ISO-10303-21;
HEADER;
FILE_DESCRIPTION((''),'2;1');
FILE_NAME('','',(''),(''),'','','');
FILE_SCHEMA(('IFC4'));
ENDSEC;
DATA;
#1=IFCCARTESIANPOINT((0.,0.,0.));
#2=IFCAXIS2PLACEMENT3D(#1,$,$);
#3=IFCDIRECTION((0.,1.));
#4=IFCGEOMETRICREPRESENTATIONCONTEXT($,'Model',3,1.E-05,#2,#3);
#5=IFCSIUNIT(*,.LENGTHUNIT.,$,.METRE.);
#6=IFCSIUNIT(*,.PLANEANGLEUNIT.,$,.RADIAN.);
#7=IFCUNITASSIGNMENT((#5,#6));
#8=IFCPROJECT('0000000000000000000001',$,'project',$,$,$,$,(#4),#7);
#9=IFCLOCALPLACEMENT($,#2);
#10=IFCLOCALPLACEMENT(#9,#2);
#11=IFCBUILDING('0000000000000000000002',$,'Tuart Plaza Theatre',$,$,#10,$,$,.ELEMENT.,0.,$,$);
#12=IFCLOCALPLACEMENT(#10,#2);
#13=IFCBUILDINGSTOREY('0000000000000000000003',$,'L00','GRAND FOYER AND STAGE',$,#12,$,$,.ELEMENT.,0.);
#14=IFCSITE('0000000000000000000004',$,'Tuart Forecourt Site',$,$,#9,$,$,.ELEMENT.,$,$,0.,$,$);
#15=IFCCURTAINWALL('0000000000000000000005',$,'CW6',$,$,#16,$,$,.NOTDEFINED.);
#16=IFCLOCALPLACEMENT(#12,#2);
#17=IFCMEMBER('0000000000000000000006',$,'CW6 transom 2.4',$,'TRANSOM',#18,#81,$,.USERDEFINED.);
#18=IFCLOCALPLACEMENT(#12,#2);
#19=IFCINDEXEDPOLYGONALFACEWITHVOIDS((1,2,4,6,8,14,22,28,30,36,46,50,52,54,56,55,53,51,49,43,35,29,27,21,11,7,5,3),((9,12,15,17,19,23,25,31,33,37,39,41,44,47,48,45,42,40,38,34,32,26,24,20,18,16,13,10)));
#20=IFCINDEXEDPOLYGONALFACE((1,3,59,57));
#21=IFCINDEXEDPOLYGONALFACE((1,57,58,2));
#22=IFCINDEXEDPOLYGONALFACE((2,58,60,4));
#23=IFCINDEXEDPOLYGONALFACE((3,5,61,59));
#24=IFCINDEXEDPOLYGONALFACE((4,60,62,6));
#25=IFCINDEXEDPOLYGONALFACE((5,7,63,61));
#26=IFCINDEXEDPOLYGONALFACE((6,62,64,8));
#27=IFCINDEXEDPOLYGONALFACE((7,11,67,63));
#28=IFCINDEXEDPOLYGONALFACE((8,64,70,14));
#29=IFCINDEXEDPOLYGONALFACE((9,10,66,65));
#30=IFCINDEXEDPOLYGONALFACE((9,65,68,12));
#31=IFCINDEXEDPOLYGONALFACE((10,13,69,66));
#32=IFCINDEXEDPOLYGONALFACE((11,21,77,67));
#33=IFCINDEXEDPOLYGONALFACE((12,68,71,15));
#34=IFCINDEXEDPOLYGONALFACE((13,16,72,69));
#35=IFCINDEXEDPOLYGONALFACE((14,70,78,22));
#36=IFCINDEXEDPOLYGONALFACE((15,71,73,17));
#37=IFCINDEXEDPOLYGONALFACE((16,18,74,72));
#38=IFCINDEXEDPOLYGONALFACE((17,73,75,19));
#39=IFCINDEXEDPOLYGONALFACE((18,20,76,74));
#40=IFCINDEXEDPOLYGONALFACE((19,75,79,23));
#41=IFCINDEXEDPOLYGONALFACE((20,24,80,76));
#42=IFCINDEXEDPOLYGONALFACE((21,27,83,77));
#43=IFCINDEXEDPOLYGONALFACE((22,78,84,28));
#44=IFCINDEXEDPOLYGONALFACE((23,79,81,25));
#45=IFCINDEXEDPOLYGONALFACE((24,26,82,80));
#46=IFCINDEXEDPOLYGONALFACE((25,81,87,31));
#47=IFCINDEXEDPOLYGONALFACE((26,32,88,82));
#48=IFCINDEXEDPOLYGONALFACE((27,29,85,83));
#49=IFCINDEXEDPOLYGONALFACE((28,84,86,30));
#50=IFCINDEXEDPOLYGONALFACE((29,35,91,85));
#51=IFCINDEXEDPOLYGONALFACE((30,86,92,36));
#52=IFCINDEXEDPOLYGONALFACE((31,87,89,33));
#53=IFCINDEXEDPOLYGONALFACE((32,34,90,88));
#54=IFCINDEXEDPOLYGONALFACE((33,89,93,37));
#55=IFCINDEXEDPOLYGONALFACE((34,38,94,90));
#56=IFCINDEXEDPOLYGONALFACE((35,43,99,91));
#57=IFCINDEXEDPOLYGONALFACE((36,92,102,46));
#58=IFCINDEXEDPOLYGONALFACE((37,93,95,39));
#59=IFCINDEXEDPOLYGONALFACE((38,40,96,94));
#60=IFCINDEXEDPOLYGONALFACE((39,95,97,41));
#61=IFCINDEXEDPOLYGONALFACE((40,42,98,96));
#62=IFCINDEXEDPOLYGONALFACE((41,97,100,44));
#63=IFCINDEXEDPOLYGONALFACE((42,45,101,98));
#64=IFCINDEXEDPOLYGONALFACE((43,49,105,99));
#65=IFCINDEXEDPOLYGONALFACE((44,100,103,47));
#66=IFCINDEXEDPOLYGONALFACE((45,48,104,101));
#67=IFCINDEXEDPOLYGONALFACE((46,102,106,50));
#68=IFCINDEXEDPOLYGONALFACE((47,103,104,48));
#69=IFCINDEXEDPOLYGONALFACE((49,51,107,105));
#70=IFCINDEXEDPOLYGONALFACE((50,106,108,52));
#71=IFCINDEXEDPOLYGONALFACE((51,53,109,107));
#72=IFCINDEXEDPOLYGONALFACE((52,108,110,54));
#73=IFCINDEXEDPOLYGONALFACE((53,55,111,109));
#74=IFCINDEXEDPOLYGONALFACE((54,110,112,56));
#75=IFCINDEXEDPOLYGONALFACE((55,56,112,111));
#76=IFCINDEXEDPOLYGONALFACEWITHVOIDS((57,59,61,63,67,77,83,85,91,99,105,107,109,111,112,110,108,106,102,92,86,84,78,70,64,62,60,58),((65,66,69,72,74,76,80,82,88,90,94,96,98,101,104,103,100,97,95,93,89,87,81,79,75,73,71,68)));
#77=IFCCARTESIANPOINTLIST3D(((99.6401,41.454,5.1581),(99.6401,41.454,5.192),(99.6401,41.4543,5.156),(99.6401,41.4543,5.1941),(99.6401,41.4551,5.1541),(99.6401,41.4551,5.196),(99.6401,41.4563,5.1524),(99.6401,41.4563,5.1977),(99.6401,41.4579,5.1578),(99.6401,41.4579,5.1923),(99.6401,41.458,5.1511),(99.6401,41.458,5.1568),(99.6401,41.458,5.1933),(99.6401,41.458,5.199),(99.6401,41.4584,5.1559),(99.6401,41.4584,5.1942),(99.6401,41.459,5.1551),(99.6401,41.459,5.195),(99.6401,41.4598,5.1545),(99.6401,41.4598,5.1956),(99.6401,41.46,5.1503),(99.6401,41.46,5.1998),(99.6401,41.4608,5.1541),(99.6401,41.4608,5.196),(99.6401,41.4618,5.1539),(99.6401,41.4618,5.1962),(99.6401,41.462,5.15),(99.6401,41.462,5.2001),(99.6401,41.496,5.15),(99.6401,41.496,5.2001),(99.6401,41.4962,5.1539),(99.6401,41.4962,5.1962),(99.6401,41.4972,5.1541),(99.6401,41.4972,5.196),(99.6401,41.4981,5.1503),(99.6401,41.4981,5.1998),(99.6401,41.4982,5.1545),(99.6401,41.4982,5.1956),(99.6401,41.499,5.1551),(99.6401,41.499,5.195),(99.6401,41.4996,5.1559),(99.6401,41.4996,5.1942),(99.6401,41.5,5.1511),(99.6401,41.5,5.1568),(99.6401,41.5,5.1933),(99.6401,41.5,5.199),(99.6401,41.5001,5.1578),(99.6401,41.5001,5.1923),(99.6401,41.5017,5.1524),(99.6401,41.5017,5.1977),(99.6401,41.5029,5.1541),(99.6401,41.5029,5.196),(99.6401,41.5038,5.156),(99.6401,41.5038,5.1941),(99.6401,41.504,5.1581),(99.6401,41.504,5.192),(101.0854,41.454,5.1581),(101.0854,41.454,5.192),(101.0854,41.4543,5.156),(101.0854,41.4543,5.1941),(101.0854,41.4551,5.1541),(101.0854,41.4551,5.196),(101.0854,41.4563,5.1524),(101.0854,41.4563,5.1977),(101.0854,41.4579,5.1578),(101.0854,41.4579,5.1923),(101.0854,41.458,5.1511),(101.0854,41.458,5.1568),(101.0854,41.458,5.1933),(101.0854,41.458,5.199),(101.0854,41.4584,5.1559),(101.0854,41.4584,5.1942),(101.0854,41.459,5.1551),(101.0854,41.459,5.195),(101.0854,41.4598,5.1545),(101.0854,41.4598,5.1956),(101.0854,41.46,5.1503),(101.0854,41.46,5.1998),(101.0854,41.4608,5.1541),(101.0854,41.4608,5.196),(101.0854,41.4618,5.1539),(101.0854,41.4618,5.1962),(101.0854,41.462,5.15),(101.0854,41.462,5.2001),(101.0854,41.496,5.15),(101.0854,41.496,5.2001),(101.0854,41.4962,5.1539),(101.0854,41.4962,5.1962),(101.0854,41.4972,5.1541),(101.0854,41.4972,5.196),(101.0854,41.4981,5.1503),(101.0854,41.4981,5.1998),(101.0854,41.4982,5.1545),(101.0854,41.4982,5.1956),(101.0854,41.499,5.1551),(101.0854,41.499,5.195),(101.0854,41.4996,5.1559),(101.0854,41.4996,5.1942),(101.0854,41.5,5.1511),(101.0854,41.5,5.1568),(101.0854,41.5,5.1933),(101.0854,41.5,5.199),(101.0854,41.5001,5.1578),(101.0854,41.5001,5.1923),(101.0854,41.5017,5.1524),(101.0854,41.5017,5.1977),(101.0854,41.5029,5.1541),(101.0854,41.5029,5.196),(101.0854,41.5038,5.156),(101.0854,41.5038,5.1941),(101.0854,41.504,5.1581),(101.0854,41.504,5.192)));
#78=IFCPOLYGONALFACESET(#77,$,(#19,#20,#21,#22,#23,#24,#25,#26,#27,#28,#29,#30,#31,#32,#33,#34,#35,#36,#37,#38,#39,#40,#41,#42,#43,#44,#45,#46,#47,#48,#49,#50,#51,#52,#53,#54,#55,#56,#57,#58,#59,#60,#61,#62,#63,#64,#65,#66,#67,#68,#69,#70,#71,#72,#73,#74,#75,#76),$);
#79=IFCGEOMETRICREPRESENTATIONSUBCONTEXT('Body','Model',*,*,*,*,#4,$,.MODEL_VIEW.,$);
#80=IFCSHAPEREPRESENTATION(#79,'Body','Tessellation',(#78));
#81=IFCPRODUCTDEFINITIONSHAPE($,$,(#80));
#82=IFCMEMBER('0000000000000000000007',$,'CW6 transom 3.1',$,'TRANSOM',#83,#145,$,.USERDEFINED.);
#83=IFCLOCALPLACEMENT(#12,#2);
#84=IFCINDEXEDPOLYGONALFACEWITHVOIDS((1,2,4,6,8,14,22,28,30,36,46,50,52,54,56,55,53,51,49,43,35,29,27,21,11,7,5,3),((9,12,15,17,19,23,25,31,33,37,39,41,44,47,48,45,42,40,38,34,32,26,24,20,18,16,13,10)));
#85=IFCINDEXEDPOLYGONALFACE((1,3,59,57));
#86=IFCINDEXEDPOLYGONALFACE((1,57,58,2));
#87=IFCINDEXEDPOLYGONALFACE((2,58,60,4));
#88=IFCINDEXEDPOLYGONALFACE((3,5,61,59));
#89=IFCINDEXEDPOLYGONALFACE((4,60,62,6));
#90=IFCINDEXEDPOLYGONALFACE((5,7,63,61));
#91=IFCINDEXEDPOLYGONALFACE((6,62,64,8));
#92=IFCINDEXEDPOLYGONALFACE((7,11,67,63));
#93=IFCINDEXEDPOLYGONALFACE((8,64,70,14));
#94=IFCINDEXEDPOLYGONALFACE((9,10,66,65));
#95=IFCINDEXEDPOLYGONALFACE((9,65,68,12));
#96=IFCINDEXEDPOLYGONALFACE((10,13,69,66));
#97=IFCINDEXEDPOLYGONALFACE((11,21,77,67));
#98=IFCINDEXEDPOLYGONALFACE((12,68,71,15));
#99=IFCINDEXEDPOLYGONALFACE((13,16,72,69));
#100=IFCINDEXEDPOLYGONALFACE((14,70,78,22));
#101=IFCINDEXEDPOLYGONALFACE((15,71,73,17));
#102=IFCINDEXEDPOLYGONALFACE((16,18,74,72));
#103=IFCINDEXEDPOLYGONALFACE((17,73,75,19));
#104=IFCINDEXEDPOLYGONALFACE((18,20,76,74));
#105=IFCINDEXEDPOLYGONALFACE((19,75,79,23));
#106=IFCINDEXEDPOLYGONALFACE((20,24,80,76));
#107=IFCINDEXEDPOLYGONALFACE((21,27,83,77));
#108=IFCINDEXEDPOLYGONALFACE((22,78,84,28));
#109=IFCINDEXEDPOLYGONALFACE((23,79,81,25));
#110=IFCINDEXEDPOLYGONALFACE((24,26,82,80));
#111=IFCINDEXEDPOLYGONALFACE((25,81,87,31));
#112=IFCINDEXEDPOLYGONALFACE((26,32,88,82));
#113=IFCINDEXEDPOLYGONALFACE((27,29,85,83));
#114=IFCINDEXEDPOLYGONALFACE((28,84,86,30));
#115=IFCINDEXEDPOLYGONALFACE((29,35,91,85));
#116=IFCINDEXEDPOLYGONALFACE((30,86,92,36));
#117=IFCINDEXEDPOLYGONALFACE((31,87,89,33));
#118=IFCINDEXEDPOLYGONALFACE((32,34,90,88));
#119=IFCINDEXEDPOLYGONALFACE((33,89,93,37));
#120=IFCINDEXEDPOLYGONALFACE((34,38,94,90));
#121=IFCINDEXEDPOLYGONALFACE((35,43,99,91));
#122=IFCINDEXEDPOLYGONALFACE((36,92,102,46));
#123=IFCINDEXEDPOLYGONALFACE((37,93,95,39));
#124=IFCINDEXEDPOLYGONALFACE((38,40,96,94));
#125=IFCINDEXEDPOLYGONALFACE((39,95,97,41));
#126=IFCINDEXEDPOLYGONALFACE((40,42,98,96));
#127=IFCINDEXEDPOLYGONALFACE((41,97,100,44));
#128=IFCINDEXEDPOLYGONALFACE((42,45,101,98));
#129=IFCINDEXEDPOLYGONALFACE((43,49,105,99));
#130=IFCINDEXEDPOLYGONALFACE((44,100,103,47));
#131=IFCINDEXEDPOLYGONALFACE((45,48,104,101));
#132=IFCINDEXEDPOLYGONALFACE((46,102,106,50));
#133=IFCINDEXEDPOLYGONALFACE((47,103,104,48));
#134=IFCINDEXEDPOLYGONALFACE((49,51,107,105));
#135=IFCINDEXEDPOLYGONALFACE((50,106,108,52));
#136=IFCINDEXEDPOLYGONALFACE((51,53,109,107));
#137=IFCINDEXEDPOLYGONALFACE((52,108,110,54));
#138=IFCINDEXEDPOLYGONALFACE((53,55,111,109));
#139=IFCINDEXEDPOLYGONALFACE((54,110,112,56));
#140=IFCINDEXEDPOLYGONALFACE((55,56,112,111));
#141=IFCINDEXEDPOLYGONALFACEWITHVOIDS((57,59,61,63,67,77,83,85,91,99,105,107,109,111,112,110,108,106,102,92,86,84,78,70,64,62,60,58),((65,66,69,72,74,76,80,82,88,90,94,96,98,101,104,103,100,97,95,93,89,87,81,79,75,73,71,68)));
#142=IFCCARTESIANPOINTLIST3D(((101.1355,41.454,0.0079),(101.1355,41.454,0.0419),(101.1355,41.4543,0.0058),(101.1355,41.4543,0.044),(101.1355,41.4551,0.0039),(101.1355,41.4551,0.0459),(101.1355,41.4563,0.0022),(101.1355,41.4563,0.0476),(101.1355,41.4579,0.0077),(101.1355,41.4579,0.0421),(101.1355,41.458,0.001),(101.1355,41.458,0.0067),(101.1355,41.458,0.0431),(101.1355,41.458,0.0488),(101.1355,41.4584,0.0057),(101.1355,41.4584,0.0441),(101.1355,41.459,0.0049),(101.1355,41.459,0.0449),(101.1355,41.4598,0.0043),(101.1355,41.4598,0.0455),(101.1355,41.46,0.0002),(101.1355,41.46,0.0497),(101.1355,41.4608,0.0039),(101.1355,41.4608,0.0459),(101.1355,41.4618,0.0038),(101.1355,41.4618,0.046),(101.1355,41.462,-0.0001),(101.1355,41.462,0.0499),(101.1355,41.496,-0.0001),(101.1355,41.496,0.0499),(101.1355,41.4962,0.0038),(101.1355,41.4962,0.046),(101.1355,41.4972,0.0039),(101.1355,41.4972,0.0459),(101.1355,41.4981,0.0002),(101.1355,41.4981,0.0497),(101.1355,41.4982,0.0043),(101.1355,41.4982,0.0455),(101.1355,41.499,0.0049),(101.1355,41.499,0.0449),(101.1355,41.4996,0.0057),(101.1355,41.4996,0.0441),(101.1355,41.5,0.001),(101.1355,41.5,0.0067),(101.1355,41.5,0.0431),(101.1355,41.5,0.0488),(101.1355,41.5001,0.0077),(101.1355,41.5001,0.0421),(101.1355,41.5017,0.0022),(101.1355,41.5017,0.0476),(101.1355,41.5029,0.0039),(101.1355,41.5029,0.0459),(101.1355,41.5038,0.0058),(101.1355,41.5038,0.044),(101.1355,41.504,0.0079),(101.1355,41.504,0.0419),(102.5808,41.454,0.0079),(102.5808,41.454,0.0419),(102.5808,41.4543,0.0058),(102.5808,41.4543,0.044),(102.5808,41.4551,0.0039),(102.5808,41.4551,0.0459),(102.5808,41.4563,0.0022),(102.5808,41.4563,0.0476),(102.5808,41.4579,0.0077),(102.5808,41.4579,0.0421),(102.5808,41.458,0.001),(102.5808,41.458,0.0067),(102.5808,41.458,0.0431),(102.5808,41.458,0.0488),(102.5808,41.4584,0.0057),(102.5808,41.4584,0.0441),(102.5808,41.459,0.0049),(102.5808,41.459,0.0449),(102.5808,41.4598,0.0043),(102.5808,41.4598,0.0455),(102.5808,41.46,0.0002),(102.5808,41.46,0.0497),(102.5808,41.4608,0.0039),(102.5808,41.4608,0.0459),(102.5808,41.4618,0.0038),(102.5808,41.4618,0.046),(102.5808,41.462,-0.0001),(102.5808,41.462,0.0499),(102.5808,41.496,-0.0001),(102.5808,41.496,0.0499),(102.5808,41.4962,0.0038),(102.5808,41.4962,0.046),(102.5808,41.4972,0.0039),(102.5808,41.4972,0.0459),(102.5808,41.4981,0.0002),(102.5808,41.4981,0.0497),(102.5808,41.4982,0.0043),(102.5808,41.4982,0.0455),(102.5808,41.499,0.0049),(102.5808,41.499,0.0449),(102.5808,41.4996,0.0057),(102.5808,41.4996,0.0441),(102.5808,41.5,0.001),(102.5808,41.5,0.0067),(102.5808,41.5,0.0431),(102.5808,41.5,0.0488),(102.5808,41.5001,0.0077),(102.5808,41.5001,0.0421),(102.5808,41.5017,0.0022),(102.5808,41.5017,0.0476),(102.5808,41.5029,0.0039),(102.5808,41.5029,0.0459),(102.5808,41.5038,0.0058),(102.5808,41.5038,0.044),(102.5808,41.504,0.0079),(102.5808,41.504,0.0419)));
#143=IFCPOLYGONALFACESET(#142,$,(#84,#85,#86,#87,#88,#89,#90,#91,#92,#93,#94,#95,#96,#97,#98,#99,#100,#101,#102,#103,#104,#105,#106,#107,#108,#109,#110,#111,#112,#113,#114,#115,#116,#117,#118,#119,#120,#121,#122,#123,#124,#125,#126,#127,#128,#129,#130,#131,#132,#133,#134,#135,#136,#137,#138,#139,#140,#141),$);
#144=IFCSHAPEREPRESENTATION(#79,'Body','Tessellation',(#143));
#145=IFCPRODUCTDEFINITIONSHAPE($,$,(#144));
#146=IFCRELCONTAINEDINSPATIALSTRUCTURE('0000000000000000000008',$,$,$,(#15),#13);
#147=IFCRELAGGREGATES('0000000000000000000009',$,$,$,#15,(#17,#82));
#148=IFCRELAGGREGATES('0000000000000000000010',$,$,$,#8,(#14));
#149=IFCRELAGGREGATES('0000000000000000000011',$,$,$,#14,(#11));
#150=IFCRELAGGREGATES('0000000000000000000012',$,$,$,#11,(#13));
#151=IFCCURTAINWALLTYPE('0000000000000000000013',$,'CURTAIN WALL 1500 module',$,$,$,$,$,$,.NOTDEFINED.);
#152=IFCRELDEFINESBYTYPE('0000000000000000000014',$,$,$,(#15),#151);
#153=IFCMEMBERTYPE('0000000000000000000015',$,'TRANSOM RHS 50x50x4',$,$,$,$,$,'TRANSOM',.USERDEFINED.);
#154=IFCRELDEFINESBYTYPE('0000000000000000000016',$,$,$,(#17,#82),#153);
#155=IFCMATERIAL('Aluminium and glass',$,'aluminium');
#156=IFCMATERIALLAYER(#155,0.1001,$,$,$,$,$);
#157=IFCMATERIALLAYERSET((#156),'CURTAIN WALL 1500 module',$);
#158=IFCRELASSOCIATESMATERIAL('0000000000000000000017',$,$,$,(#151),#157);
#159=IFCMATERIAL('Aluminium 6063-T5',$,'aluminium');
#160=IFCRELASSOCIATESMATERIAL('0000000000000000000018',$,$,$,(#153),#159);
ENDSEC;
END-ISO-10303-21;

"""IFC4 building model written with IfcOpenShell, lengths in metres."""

from ifc_helpers import new_model, si_unit, direction, frame, origin, origin_2d, place, context, subcontext, project, spatial, hollow_rectangle, extrude, material, layer, layer_set, material_profile, profile_set, type_object, element, aggregate, save


model = new_model("IFC4")

# Units and contexts
model_context = context("Model", 3, precision=1e-05, world=origin(), true_north=direction((0.0, 1.0)))
body_context = subcontext(model_context, "Body", "Model", "MODEL_VIEW")
ifc_project = project(units=[si_unit("LENGTHUNIT", "METRE"), si_unit("PLANEANGLEUNIT", "RADIAN")], contexts=[model_context])

# Site, building, storey
site_placement = place(None, origin())
site = spatial("IfcSite", under=ifc_project, at=site_placement, Name="Tuart Forecourt Site", CompositionType="ELEMENT", RefElevation=0.0)
building_placement = place(site_placement, origin())
building = spatial("IfcBuilding", under=site, at=building_placement, Name="Tuart Plaza Theatre", CompositionType="ELEMENT", ElevationOfRefHeight=0.0)
storey_placement = place(building_placement, origin())
storey = spatial("IfcBuildingStorey", under=building, at=storey_placement, Name="L00", Description="GRAND FOYER AND STAGE", CompositionType="ELEMENT", Elevation=0.0)

# Curtain wall, members
ifc_material_1 = material(Name="Aluminium and glass", Category="aluminium")
ifc_layer_1 = layer(ifc_material_1, 0.1001)
ifc_layer_set_1 = layer_set([ifc_layer_1], Name="CURTAIN WALL 1500 module")
curtain_wall_type = type_object("IfcCurtainWallType", Name="CURTAIN WALL 1500 module", PredefinedType="NOTDEFINED", material=ifc_layer_set_1)
curtain_wall_placement = place(storey_placement, origin())
curtain_wall = element("IfcCurtainWall", 1, at=curtain_wall_placement, inside=storey, type_object=curtain_wall_type, Name="CW6", PredefinedType="NOTDEFINED")
ifc_material_2 = material(Name="Aluminium 6063-T5", Category="aluminium")
ifc_material_profile_1 = material_profile(ifc_material_2, hollow_rectangle(XDim=0.05, YDim=0.05, WallThickness=0.0039, InnerFilletRadius=0.0039, OuterFilletRadius=0.0081, at=origin_2d()), Name="RHS 50x50x4")
ifc_profile_set_1 = profile_set([ifc_material_profile_1], Name="Aluminium 6063-T5")
member_type_1 = type_object("IfcMemberType", Name="TRANSOM RHS 50x50x4", ElementType="TRANSOM", PredefinedType="USERDEFINED", material=ifc_profile_set_1)
member_1_placement = place(storey_placement, frame((99.6401, 41.479, 5.175), z_axis=(1.0, 0.0, 0.0), x_axis=(0.0, 1.0, 0.0)))
member_1 = element("IfcMember", 2, at=member_1_placement, type_object=member_type_1, Name="CW6 transom 2.4", ObjectType="TRANSOM", PredefinedType="USERDEFINED", context=body_context, shape_type="SweptSolid", body=[
    extrude(hollow_rectangle(XDim=0.05, YDim=0.05, WallThickness=0.0039, InnerFilletRadius=0.0039, OuterFilletRadius=0.0081, at=origin_2d()), origin(), (0.0, 0.0, 1.0), 1.4453),
])
member_2_placement = place(storey_placement, frame((101.1355, 41.479, 0.0249), z_axis=(1.0, 0.0, 0.0), x_axis=(0.0, 1.0, 0.0)))
member_2 = element("IfcMember", 3, at=member_2_placement, type_object=member_type_1, Name="CW6 transom 3.1", ObjectType="TRANSOM", PredefinedType="USERDEFINED", context=body_context, shape_type="SweptSolid", body=[
    extrude(hollow_rectangle(XDim=0.05, YDim=0.05, WallThickness=0.0039, InnerFilletRadius=0.0039, OuterFilletRadius=0.0081, at=origin_2d()), origin(), (0.0, 0.0, 1.0), 1.4453),
])
aggregate(curtain_wall, [member_1, member_2])

save(model, "model.ifc")
